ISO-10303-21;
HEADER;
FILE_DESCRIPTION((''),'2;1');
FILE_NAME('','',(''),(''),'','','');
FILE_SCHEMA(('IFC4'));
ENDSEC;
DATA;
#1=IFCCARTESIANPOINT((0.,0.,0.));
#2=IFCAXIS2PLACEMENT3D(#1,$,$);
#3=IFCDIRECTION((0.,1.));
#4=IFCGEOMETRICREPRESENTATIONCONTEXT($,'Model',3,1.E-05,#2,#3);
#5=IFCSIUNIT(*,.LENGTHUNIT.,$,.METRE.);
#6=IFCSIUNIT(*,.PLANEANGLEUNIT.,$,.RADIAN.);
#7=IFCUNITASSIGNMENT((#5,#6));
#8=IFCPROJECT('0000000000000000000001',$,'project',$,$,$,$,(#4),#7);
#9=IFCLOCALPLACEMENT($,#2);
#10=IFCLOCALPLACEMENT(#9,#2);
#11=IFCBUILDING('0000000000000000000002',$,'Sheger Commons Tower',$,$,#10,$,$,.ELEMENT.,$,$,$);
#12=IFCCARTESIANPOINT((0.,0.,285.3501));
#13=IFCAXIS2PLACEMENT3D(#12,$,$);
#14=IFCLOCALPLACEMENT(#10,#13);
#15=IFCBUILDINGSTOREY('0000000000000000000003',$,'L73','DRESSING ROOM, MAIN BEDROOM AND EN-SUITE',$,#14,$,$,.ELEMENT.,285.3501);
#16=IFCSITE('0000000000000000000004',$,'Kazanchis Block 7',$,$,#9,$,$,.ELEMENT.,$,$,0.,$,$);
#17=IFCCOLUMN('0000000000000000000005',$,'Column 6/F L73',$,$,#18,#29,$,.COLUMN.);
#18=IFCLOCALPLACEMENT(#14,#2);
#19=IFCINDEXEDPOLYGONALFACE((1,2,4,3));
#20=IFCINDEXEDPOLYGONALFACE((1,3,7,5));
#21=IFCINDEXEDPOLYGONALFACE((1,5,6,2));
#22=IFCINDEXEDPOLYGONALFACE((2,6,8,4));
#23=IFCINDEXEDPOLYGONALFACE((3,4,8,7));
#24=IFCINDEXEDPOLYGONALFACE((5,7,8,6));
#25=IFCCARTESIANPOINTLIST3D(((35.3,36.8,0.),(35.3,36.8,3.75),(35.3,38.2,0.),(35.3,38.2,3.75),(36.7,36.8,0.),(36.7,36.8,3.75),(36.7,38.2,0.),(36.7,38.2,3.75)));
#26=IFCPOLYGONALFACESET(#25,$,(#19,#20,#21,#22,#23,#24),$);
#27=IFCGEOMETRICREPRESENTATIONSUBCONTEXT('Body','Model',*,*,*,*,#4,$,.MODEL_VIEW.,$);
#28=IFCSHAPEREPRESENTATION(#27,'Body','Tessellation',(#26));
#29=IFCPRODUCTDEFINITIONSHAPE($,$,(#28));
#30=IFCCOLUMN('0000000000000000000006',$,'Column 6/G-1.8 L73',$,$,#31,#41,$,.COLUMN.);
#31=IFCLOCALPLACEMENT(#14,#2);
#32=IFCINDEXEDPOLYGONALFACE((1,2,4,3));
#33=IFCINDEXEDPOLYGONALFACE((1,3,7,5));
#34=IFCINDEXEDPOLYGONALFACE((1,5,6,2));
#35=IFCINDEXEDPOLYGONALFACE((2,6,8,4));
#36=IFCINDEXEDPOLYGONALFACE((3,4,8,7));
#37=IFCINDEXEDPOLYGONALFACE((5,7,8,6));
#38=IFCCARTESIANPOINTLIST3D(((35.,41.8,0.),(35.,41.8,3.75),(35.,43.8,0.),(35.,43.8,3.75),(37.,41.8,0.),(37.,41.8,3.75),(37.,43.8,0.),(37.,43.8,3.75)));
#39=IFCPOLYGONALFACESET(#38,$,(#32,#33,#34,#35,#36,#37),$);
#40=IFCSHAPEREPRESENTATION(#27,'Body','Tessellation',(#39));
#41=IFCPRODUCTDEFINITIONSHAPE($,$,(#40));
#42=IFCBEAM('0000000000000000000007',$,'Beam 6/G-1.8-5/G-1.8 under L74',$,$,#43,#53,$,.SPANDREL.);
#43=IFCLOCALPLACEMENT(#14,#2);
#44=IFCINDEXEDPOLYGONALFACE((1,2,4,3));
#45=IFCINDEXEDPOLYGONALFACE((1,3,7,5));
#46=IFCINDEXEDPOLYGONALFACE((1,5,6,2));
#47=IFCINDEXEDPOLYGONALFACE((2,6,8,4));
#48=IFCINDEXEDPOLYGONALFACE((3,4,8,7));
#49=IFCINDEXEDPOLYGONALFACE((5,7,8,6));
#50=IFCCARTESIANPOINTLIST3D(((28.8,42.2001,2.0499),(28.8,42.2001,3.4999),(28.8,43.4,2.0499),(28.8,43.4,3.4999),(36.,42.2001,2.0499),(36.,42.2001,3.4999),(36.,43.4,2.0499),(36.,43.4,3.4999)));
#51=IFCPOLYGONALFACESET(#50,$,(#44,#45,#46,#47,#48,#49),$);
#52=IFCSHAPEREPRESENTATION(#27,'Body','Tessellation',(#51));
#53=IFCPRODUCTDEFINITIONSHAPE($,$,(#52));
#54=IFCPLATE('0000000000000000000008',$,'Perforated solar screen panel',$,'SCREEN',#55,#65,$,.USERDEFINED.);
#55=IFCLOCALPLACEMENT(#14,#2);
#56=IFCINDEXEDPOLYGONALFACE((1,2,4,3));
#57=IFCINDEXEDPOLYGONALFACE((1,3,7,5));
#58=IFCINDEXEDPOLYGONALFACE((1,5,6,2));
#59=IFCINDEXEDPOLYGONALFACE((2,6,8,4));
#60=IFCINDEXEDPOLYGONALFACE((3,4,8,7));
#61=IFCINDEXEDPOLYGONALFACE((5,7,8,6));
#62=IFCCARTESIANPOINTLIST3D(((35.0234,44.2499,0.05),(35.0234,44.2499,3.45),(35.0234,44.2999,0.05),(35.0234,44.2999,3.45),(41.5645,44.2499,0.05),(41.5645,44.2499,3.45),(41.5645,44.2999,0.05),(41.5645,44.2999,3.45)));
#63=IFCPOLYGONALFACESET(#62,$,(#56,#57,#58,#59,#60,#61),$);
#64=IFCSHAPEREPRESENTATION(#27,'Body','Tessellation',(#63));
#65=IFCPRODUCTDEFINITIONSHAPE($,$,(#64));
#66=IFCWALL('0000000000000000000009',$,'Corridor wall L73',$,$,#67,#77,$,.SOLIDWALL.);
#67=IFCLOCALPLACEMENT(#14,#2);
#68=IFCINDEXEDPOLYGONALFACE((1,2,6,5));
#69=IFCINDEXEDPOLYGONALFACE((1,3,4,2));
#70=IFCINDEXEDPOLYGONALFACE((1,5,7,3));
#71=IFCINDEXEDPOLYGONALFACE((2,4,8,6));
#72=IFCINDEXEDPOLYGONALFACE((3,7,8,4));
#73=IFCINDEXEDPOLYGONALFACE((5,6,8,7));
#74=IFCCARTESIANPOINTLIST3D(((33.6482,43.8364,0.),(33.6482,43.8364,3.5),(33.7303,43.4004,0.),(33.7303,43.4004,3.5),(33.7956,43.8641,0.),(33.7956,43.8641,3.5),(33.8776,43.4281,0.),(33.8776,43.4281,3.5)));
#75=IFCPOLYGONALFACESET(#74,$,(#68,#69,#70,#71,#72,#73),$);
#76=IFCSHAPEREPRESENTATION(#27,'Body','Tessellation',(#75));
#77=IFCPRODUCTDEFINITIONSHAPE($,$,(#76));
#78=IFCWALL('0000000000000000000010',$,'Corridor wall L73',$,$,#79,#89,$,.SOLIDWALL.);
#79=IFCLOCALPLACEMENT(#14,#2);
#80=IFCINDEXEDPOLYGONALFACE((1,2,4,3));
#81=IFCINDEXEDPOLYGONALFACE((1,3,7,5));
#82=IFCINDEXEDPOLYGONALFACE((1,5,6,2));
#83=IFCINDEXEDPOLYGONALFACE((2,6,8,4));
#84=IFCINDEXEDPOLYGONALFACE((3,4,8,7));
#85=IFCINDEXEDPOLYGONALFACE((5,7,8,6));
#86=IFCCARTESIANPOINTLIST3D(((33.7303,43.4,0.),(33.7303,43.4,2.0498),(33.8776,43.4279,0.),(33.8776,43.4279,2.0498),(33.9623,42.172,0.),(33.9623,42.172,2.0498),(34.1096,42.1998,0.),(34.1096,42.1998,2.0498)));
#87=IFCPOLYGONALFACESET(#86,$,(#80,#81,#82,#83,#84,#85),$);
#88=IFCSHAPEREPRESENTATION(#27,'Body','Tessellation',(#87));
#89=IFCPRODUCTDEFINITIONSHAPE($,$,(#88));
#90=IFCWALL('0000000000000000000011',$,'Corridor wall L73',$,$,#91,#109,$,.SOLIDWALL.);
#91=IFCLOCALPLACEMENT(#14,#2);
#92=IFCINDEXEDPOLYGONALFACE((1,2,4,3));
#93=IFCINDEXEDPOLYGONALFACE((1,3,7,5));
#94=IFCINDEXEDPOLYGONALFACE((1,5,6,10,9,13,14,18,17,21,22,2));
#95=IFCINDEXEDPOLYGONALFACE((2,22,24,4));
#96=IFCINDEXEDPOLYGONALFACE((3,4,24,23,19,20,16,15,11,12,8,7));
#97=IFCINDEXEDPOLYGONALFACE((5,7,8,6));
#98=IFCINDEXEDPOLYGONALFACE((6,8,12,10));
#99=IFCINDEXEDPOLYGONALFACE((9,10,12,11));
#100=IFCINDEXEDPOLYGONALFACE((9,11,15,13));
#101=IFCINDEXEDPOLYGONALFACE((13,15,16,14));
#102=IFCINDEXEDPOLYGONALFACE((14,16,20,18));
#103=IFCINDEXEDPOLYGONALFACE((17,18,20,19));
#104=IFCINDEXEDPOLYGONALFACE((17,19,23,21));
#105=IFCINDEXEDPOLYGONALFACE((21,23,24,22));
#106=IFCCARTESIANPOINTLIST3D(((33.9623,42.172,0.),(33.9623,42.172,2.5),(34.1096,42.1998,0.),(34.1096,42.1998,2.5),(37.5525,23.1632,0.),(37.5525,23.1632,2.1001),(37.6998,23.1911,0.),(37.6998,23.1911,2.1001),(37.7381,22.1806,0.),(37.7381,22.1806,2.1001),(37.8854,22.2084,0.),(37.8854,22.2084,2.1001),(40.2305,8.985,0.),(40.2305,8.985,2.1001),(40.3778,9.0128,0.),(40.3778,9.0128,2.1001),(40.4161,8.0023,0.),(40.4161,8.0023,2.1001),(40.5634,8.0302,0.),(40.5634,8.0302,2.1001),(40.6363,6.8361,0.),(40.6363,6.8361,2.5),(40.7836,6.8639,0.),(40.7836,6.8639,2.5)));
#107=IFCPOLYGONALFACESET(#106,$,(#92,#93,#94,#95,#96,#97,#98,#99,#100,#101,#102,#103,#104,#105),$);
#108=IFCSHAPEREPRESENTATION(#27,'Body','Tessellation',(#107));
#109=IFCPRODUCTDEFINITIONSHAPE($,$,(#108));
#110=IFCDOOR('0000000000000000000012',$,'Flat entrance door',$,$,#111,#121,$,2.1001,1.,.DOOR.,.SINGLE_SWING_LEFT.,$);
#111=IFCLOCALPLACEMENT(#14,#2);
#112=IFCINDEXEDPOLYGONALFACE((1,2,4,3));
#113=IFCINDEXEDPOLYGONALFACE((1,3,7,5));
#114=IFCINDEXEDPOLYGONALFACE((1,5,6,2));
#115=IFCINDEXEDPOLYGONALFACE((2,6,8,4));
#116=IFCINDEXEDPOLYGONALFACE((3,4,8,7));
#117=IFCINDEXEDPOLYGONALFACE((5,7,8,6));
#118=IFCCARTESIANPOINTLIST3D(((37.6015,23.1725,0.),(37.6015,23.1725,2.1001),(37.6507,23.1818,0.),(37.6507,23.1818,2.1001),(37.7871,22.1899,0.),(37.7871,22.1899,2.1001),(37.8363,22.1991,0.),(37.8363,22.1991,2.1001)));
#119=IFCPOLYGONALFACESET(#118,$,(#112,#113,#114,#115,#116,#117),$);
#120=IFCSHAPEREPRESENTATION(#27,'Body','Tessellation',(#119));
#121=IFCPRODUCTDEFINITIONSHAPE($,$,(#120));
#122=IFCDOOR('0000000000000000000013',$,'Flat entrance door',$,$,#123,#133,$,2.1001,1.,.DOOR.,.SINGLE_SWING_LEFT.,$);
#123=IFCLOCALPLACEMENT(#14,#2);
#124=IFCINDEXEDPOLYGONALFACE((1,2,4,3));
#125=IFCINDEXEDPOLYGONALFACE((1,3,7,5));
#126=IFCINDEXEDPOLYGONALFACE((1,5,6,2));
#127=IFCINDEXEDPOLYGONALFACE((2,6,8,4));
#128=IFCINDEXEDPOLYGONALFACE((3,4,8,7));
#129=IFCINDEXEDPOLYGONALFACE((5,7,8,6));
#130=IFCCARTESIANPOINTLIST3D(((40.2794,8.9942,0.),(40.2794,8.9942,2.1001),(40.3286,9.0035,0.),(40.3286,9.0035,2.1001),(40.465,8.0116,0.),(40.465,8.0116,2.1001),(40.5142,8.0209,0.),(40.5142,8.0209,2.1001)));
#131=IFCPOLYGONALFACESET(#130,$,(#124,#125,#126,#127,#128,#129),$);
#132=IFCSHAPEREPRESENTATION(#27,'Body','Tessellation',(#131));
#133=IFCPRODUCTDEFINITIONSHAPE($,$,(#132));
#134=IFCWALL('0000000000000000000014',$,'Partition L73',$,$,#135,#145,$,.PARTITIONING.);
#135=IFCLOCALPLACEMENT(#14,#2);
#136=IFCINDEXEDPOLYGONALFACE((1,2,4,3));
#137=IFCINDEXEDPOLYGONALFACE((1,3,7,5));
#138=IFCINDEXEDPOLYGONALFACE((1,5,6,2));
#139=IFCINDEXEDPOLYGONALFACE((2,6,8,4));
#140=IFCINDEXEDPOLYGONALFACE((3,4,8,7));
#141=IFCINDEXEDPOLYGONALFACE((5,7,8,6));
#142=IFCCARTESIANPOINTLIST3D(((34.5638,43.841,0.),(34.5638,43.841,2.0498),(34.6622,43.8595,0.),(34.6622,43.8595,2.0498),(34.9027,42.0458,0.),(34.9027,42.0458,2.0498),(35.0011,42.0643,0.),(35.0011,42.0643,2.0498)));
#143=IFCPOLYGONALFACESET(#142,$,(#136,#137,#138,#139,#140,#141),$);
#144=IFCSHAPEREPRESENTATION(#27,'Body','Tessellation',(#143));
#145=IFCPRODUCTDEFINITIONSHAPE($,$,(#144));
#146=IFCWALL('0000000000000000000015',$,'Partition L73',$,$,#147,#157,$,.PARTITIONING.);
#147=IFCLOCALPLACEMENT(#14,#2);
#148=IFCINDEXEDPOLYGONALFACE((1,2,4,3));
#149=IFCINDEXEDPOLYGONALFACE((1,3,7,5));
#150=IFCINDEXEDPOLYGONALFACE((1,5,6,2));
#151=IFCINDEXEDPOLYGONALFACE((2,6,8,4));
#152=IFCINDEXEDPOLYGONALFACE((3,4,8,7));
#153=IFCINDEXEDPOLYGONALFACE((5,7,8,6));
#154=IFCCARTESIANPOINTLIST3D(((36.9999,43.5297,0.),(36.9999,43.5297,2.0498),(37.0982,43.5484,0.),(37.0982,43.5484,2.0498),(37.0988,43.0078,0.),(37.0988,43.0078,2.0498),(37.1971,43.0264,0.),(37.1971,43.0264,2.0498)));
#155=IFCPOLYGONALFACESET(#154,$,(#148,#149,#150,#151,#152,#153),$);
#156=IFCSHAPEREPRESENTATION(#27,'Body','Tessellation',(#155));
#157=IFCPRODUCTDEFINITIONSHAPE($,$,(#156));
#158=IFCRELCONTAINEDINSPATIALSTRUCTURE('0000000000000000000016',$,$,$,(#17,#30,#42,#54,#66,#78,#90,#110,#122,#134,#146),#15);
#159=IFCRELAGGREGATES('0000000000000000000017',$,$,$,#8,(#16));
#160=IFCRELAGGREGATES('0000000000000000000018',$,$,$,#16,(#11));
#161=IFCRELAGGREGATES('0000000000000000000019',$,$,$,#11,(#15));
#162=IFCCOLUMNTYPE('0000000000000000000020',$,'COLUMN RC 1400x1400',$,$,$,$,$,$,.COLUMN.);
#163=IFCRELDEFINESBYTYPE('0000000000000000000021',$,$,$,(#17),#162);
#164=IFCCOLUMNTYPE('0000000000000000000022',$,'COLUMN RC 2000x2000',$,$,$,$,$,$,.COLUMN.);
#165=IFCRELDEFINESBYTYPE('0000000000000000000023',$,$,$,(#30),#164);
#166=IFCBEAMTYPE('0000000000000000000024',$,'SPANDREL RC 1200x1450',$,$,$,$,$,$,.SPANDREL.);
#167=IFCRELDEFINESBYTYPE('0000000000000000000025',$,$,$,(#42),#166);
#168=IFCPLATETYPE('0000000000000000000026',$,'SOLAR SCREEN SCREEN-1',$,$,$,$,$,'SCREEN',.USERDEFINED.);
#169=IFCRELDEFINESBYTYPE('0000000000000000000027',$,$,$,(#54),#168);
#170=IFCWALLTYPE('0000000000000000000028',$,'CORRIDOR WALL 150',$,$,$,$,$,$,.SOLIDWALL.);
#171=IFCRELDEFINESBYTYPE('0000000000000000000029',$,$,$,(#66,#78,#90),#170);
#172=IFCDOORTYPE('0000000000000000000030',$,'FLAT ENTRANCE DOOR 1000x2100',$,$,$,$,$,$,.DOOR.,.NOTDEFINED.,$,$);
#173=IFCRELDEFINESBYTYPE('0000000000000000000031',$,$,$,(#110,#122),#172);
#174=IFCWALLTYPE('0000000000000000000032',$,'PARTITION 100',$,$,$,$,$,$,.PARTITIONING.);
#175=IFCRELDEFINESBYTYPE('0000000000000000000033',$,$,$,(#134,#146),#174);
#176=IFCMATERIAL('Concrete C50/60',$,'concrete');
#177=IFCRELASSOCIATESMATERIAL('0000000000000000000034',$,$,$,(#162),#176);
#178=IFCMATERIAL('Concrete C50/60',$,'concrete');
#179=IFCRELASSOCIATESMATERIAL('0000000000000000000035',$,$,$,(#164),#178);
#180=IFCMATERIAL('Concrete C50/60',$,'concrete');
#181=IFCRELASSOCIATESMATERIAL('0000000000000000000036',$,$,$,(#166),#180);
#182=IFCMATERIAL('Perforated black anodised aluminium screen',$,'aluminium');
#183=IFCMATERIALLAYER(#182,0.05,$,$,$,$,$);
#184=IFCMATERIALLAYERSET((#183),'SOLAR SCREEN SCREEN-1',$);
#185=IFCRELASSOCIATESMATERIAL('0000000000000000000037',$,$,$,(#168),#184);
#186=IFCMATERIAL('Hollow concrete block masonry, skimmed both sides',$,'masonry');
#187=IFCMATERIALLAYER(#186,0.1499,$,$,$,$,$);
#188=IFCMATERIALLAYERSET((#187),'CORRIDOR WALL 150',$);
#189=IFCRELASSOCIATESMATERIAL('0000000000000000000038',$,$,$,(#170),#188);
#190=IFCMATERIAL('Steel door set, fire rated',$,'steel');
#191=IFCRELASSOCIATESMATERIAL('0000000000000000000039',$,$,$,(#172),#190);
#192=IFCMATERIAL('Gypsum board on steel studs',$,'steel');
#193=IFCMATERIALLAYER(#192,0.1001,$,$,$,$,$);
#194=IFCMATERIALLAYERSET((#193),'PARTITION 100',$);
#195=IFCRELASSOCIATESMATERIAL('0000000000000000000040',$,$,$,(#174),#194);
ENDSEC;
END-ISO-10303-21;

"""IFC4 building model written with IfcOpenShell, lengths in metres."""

from ifc_helpers import new_model, si_unit, direction, frame, frame_2d, origin, origin_2d, place, context, subcontext, project, spatial, rectangle, extrude, material, layer, layer_set, material_profile, profile_set, type_object, element, fill, save


model = new_model("IFC4")

# Units and contexts
model_context = context("Model", 3, precision=1e-05, world=origin(), true_north=direction((0.0, 1.0)))
body_context = subcontext(model_context, "Body", "Model", "MODEL_VIEW")
ifc_project = project(units=[si_unit("LENGTHUNIT", "METRE"), si_unit("PLANEANGLEUNIT", "RADIAN")], contexts=[model_context])

# Site, building, storey
site_placement = place(None, origin())
site = spatial("IfcSite", under=ifc_project, at=site_placement, Name="Kazanchis Block 7", CompositionType="ELEMENT", RefElevation=0.0)
building_placement = place(site_placement, origin())
building = spatial("IfcBuilding", under=site, at=building_placement, Name="Sheger Commons Tower", CompositionType="ELEMENT")
storey_placement = place(building_placement, frame((0.0, 0.0, 285.3501)))
storey = spatial("IfcBuildingStorey", under=building, at=storey_placement, Name="L73", Description="DRESSING ROOM, MAIN BEDROOM AND EN-SUITE", CompositionType="ELEMENT", Elevation=285.3501)

# Columns
ifc_material_1 = material(Name="Concrete C50/60", Category="concrete")
ifc_material_profile_1 = material_profile(ifc_material_1, rectangle(XDim=1.3999, YDim=1.3999, at=origin_2d()), Name="RC 1400x1400")
ifc_profile_set_1 = profile_set([ifc_material_profile_1], Name="Concrete C50/60")
column_type_1 = type_object("IfcColumnType", Name="COLUMN RC 1400x1400", PredefinedType="COLUMN", material=ifc_profile_set_1)
column_1_placement = place(storey_placement, frame((36.0, 37.5, 0.0), z_axis=(0.0, 0.0, 1.0), x_axis=(1.0, 0.0, 0.0)))
element("IfcColumn", 1, at=column_1_placement, inside=storey, type_object=column_type_1, Name="Column 6/F L73", PredefinedType="COLUMN", context=body_context, shape_type="SweptSolid", body=[
    extrude(rectangle(XDim=1.3999, YDim=1.3999, at=origin_2d()), origin(), (0.0, 0.0, 1.0), 3.75),
])
ifc_material_2 = material(Name="Concrete C50/60", Category="concrete")
ifc_material_profile_2 = material_profile(ifc_material_2, rectangle(XDim=2.0, YDim=2.0, at=origin_2d()), Name="RC 2000x2000")
ifc_profile_set_2 = profile_set([ifc_material_profile_2], Name="Concrete C50/60")
column_type_2 = type_object("IfcColumnType", Name="COLUMN RC 2000x2000", PredefinedType="COLUMN", material=ifc_profile_set_2)
column_2_placement = place(storey_placement, frame((36.0, 42.8, 0.0), z_axis=(0.0, 0.0, 1.0), x_axis=(1.0, 0.0, 0.0)))
element("IfcColumn", 2, at=column_2_placement, inside=storey, type_object=column_type_2, Name="Column 6/G-1.8 L73", PredefinedType="COLUMN", context=body_context, shape_type="SweptSolid", body=[
    extrude(rectangle(XDim=2.0, YDim=2.0, at=origin_2d()), origin(), (0.0, 0.0, 1.0), 3.75),
])

# Beam
ifc_material_3 = material(Name="Concrete C50/60", Category="concrete")
ifc_material_profile_3 = material_profile(ifc_material_3, rectangle(XDim=1.2, YDim=1.45, at=origin_2d()), Name="RC 1200x1450")
ifc_profile_set_3 = profile_set([ifc_material_profile_3], Name="Concrete C50/60")
beam_type = type_object("IfcBeamType", Name="SPANDREL RC 1200x1450", PredefinedType="SPANDREL", material=ifc_profile_set_3)
beam_placement = place(storey_placement, frame((36.0, 42.8, 2.7749), z_axis=(-1.0, 0.0, 0.0), x_axis=(0.0, -1.0, 0.0)))
element("IfcBeam", 3, at=beam_placement, inside=storey, type_object=beam_type, Name="Beam 6/G-1.8-5/G-1.8 under L74", PredefinedType="SPANDREL", context=body_context, shape_type="SweptSolid", body=[
    extrude(rectangle(XDim=1.2, YDim=1.45, at=origin_2d()), origin(), (0.0, 0.0, 1.0), 7.2),
])

# Plate
ifc_material_4 = material(Name="Perforated black anodised aluminium screen", Category="aluminium")
ifc_layer_1 = layer(ifc_material_4, 0.05)
ifc_layer_set_1 = layer_set([ifc_layer_1], Name="SOLAR SCREEN SCREEN-1")
plate_type = type_object("IfcPlateType", Name="SOLAR SCREEN SCREEN-1", ElementType="SCREEN", PredefinedType="USERDEFINED", material=ifc_layer_set_1)
plate_placement = place(storey_placement, frame((38.2939, 44.2749, 0.05), z_axis=(0.0, 0.0, 1.0), x_axis=(-1.0, 0.0, 0.0)))
element("IfcPlate", 4, at=plate_placement, inside=storey, type_object=plate_type, Name="Perforated solar screen panel", ObjectType="SCREEN", PredefinedType="USERDEFINED", context=body_context, shape_type="SweptSolid", body=[
    extrude(rectangle(XDim=6.541, YDim=0.05, at=origin_2d()), origin(), (0.0, 0.0, 1.0), 3.3999),
])

# Walls
ifc_material_5 = material(Name="Hollow concrete block masonry, skimmed both sides", Category="masonry")
ifc_layer_2 = layer(ifc_material_5, 0.1499)
ifc_layer_set_2 = layer_set([ifc_layer_2], Name="CORRIDOR WALL 150")
wall_type_1 = type_object("IfcWallType", Name="CORRIDOR WALL 150", PredefinedType="SOLIDWALL", material=ifc_layer_set_2)
wall_1_placement = place(storey_placement, frame((33.7219, 43.8501, 0.0), z_axis=(0.0, 0.0, 1.0), x_axis=(0.184887, -0.98276, 0.0)))
element("IfcWall", 5, at=wall_1_placement, inside=storey, type_object=wall_type_1, Name="Corridor wall L73", PredefinedType="SOLIDWALL", context=body_context, shape_type="SweptSolid", body=[
    extrude(rectangle(XDim=0.4436, YDim=0.1499, at=frame_2d((0.2217, 0.0))), origin(), (0.0, 0.0, 1.0), 3.5),
])
wall_2_placement = place(storey_placement, frame((33.804, 43.4141, 0.0), z_axis=(0.0, 0.0, 1.0), x_axis=(0.185586, -0.982628, 0.0)))
element("IfcWall", 6, at=wall_2_placement, inside=storey, type_object=wall_type_1, Name="Corridor wall L73", PredefinedType="SOLIDWALL", context=body_context, shape_type="SweptSolid", body=[
    extrude(rectangle(XDim=1.2498, YDim=0.1499, at=frame_2d((0.625, 0.0))), origin(), (0.0, 0.0, 1.0), 2.0498),
])

# Wall, openings, doors
wall_3_placement = place(storey_placement, frame((34.0359, 42.186, 0.0), z_axis=(0.0, 0.0, 1.0), x_axis=(0.185594, -0.982627, 0.0)))
wall_3 = element("IfcWall", 7, at=wall_3_placement, inside=storey, type_object=wall_type_1, Name="Corridor wall L73", PredefinedType="SOLIDWALL", context=body_context, shape_type="SweptSolid", body=[
    extrude(rectangle(XDim=35.9607, YDim=0.1499, at=frame_2d((17.9805, 0.0))), origin(), (0.0, 0.0, 1.0), 2.5),
])
opening_1_placement = place(wall_3_placement, frame((19.345, 0.0, 0.0)))
opening_1 = element("IfcOpeningElement", 8, at=opening_1_placement, cuts=wall_3, PredefinedType="OPENING", context=body_context, shape_type="SweptSolid", body=[
    extrude(rectangle(XDim=1.0, YDim=2.1001, at=frame_2d((0.5, 1.05))), frame((0.0, 0.085, 0.0), z_axis=(0.0, -1.0, 0.0), x_axis=(1.0, 0.0, 0.0)), (0.0, 0.0, 1.0), 0.1699),
])
opening_2_placement = place(wall_3_placement, frame((33.7739, 0.0, 0.0)))
opening_2 = element("IfcOpeningElement", 9, at=opening_2_placement, cuts=wall_3, PredefinedType="OPENING", context=body_context, shape_type="SweptSolid", body=[
    extrude(rectangle(XDim=1.0, YDim=2.1001, at=frame_2d((0.5, 1.05))), frame((0.0, 0.085, 0.0), z_axis=(0.0, -1.0, 0.0), x_axis=(1.0, 0.0, 0.0)), (0.0, 0.0, 1.0), 0.1699),
])
ifc_material_6 = material(Name="Steel door set, fire rated", Category="steel")
door_type_1 = type_object("IfcDoorType", Name="FLAT ENTRANCE DOOR 1000x2100", OperationType="NOTDEFINED", PredefinedType="DOOR", material=ifc_material_6)
door_1_placement = place(opening_1_placement, origin())
door_1 = element("IfcDoor", 10, at=door_1_placement, inside=storey, type_object=door_type_1, Name="Flat entrance door", OperationType="SINGLE_SWING_LEFT", OverallHeight=2.1001, OverallWidth=1.0, PredefinedType="DOOR", context=body_context, shape_type="SweptSolid", body=[
    extrude(rectangle(XDim=1.0, YDim=2.1001, at=frame_2d((0.5, 1.05))), frame((0.0, 0.0249, 0.0), z_axis=(0.0, -1.0, 0.0), x_axis=(1.0, 0.0, 0.0)), (0.0, 0.0, 1.0), 0.05),
])
fill(opening_1, door_1)
door_2_placement = place(opening_2_placement, origin())
door_2 = element("IfcDoor", 11, at=door_2_placement, inside=storey, type_object=door_type_1, Name="Flat entrance door", OperationType="SINGLE_SWING_LEFT", OverallHeight=2.1001, OverallWidth=1.0, PredefinedType="DOOR", context=body_context, shape_type="SweptSolid", body=[
    extrude(rectangle(XDim=1.0, YDim=2.1001, at=frame_2d((0.5, 1.05))), frame((0.0, 0.0249, 0.0), z_axis=(0.0, -1.0, 0.0), x_axis=(1.0, 0.0, 0.0)), (0.0, 0.0, 1.0), 0.05),
])
fill(opening_2, door_2)

# Walls
ifc_material_7 = material(Name="Gypsum board on steel studs", Category="steel")
ifc_layer_3 = layer(ifc_material_7, 0.1001)
ifc_layer_set_3 = layer_set([ifc_layer_3], Name="PARTITION 100")
wall_type_2 = type_object("IfcWallType", Name="PARTITION 100", PredefinedType="PARTITIONING", material=ifc_layer_set_3)
wall_4_placement = place(storey_placement, frame((34.9519, 42.0549, 0.0), z_axis=(0.0, 0.0, 1.0), x_axis=(-0.185491, 0.982646, 0.0)))
element("IfcWall", 12, at=wall_4_placement, inside=storey, type_object=wall_type_2, Name="Partition L73", PredefinedType="PARTITIONING", context=body_context, shape_type="SweptSolid", body=[
    extrude(rectangle(XDim=1.8269, YDim=0.1001, at=frame_2d((0.9136, 0.0))), origin(), (0.0, 0.0, 1.0), 2.0498),
])
wall_5_placement = place(storey_placement, frame((37.0491, 43.5391, 0.0), z_axis=(0.0, 0.0, 1.0), x_axis=(0.186119, -0.982527, 0.0)))
element("IfcWall", 13, at=wall_5_placement, inside=storey, type_object=wall_type_2, Name="Partition L73", PredefinedType="PARTITIONING", context=body_context, shape_type="SweptSolid", body=[
    extrude(rectangle(XDim=0.5312, YDim=0.1001, at=frame_2d((0.2656, 0.0))), origin(), (0.0, 0.0, 1.0), 2.0498),
])

save(model, "model.ifc")
